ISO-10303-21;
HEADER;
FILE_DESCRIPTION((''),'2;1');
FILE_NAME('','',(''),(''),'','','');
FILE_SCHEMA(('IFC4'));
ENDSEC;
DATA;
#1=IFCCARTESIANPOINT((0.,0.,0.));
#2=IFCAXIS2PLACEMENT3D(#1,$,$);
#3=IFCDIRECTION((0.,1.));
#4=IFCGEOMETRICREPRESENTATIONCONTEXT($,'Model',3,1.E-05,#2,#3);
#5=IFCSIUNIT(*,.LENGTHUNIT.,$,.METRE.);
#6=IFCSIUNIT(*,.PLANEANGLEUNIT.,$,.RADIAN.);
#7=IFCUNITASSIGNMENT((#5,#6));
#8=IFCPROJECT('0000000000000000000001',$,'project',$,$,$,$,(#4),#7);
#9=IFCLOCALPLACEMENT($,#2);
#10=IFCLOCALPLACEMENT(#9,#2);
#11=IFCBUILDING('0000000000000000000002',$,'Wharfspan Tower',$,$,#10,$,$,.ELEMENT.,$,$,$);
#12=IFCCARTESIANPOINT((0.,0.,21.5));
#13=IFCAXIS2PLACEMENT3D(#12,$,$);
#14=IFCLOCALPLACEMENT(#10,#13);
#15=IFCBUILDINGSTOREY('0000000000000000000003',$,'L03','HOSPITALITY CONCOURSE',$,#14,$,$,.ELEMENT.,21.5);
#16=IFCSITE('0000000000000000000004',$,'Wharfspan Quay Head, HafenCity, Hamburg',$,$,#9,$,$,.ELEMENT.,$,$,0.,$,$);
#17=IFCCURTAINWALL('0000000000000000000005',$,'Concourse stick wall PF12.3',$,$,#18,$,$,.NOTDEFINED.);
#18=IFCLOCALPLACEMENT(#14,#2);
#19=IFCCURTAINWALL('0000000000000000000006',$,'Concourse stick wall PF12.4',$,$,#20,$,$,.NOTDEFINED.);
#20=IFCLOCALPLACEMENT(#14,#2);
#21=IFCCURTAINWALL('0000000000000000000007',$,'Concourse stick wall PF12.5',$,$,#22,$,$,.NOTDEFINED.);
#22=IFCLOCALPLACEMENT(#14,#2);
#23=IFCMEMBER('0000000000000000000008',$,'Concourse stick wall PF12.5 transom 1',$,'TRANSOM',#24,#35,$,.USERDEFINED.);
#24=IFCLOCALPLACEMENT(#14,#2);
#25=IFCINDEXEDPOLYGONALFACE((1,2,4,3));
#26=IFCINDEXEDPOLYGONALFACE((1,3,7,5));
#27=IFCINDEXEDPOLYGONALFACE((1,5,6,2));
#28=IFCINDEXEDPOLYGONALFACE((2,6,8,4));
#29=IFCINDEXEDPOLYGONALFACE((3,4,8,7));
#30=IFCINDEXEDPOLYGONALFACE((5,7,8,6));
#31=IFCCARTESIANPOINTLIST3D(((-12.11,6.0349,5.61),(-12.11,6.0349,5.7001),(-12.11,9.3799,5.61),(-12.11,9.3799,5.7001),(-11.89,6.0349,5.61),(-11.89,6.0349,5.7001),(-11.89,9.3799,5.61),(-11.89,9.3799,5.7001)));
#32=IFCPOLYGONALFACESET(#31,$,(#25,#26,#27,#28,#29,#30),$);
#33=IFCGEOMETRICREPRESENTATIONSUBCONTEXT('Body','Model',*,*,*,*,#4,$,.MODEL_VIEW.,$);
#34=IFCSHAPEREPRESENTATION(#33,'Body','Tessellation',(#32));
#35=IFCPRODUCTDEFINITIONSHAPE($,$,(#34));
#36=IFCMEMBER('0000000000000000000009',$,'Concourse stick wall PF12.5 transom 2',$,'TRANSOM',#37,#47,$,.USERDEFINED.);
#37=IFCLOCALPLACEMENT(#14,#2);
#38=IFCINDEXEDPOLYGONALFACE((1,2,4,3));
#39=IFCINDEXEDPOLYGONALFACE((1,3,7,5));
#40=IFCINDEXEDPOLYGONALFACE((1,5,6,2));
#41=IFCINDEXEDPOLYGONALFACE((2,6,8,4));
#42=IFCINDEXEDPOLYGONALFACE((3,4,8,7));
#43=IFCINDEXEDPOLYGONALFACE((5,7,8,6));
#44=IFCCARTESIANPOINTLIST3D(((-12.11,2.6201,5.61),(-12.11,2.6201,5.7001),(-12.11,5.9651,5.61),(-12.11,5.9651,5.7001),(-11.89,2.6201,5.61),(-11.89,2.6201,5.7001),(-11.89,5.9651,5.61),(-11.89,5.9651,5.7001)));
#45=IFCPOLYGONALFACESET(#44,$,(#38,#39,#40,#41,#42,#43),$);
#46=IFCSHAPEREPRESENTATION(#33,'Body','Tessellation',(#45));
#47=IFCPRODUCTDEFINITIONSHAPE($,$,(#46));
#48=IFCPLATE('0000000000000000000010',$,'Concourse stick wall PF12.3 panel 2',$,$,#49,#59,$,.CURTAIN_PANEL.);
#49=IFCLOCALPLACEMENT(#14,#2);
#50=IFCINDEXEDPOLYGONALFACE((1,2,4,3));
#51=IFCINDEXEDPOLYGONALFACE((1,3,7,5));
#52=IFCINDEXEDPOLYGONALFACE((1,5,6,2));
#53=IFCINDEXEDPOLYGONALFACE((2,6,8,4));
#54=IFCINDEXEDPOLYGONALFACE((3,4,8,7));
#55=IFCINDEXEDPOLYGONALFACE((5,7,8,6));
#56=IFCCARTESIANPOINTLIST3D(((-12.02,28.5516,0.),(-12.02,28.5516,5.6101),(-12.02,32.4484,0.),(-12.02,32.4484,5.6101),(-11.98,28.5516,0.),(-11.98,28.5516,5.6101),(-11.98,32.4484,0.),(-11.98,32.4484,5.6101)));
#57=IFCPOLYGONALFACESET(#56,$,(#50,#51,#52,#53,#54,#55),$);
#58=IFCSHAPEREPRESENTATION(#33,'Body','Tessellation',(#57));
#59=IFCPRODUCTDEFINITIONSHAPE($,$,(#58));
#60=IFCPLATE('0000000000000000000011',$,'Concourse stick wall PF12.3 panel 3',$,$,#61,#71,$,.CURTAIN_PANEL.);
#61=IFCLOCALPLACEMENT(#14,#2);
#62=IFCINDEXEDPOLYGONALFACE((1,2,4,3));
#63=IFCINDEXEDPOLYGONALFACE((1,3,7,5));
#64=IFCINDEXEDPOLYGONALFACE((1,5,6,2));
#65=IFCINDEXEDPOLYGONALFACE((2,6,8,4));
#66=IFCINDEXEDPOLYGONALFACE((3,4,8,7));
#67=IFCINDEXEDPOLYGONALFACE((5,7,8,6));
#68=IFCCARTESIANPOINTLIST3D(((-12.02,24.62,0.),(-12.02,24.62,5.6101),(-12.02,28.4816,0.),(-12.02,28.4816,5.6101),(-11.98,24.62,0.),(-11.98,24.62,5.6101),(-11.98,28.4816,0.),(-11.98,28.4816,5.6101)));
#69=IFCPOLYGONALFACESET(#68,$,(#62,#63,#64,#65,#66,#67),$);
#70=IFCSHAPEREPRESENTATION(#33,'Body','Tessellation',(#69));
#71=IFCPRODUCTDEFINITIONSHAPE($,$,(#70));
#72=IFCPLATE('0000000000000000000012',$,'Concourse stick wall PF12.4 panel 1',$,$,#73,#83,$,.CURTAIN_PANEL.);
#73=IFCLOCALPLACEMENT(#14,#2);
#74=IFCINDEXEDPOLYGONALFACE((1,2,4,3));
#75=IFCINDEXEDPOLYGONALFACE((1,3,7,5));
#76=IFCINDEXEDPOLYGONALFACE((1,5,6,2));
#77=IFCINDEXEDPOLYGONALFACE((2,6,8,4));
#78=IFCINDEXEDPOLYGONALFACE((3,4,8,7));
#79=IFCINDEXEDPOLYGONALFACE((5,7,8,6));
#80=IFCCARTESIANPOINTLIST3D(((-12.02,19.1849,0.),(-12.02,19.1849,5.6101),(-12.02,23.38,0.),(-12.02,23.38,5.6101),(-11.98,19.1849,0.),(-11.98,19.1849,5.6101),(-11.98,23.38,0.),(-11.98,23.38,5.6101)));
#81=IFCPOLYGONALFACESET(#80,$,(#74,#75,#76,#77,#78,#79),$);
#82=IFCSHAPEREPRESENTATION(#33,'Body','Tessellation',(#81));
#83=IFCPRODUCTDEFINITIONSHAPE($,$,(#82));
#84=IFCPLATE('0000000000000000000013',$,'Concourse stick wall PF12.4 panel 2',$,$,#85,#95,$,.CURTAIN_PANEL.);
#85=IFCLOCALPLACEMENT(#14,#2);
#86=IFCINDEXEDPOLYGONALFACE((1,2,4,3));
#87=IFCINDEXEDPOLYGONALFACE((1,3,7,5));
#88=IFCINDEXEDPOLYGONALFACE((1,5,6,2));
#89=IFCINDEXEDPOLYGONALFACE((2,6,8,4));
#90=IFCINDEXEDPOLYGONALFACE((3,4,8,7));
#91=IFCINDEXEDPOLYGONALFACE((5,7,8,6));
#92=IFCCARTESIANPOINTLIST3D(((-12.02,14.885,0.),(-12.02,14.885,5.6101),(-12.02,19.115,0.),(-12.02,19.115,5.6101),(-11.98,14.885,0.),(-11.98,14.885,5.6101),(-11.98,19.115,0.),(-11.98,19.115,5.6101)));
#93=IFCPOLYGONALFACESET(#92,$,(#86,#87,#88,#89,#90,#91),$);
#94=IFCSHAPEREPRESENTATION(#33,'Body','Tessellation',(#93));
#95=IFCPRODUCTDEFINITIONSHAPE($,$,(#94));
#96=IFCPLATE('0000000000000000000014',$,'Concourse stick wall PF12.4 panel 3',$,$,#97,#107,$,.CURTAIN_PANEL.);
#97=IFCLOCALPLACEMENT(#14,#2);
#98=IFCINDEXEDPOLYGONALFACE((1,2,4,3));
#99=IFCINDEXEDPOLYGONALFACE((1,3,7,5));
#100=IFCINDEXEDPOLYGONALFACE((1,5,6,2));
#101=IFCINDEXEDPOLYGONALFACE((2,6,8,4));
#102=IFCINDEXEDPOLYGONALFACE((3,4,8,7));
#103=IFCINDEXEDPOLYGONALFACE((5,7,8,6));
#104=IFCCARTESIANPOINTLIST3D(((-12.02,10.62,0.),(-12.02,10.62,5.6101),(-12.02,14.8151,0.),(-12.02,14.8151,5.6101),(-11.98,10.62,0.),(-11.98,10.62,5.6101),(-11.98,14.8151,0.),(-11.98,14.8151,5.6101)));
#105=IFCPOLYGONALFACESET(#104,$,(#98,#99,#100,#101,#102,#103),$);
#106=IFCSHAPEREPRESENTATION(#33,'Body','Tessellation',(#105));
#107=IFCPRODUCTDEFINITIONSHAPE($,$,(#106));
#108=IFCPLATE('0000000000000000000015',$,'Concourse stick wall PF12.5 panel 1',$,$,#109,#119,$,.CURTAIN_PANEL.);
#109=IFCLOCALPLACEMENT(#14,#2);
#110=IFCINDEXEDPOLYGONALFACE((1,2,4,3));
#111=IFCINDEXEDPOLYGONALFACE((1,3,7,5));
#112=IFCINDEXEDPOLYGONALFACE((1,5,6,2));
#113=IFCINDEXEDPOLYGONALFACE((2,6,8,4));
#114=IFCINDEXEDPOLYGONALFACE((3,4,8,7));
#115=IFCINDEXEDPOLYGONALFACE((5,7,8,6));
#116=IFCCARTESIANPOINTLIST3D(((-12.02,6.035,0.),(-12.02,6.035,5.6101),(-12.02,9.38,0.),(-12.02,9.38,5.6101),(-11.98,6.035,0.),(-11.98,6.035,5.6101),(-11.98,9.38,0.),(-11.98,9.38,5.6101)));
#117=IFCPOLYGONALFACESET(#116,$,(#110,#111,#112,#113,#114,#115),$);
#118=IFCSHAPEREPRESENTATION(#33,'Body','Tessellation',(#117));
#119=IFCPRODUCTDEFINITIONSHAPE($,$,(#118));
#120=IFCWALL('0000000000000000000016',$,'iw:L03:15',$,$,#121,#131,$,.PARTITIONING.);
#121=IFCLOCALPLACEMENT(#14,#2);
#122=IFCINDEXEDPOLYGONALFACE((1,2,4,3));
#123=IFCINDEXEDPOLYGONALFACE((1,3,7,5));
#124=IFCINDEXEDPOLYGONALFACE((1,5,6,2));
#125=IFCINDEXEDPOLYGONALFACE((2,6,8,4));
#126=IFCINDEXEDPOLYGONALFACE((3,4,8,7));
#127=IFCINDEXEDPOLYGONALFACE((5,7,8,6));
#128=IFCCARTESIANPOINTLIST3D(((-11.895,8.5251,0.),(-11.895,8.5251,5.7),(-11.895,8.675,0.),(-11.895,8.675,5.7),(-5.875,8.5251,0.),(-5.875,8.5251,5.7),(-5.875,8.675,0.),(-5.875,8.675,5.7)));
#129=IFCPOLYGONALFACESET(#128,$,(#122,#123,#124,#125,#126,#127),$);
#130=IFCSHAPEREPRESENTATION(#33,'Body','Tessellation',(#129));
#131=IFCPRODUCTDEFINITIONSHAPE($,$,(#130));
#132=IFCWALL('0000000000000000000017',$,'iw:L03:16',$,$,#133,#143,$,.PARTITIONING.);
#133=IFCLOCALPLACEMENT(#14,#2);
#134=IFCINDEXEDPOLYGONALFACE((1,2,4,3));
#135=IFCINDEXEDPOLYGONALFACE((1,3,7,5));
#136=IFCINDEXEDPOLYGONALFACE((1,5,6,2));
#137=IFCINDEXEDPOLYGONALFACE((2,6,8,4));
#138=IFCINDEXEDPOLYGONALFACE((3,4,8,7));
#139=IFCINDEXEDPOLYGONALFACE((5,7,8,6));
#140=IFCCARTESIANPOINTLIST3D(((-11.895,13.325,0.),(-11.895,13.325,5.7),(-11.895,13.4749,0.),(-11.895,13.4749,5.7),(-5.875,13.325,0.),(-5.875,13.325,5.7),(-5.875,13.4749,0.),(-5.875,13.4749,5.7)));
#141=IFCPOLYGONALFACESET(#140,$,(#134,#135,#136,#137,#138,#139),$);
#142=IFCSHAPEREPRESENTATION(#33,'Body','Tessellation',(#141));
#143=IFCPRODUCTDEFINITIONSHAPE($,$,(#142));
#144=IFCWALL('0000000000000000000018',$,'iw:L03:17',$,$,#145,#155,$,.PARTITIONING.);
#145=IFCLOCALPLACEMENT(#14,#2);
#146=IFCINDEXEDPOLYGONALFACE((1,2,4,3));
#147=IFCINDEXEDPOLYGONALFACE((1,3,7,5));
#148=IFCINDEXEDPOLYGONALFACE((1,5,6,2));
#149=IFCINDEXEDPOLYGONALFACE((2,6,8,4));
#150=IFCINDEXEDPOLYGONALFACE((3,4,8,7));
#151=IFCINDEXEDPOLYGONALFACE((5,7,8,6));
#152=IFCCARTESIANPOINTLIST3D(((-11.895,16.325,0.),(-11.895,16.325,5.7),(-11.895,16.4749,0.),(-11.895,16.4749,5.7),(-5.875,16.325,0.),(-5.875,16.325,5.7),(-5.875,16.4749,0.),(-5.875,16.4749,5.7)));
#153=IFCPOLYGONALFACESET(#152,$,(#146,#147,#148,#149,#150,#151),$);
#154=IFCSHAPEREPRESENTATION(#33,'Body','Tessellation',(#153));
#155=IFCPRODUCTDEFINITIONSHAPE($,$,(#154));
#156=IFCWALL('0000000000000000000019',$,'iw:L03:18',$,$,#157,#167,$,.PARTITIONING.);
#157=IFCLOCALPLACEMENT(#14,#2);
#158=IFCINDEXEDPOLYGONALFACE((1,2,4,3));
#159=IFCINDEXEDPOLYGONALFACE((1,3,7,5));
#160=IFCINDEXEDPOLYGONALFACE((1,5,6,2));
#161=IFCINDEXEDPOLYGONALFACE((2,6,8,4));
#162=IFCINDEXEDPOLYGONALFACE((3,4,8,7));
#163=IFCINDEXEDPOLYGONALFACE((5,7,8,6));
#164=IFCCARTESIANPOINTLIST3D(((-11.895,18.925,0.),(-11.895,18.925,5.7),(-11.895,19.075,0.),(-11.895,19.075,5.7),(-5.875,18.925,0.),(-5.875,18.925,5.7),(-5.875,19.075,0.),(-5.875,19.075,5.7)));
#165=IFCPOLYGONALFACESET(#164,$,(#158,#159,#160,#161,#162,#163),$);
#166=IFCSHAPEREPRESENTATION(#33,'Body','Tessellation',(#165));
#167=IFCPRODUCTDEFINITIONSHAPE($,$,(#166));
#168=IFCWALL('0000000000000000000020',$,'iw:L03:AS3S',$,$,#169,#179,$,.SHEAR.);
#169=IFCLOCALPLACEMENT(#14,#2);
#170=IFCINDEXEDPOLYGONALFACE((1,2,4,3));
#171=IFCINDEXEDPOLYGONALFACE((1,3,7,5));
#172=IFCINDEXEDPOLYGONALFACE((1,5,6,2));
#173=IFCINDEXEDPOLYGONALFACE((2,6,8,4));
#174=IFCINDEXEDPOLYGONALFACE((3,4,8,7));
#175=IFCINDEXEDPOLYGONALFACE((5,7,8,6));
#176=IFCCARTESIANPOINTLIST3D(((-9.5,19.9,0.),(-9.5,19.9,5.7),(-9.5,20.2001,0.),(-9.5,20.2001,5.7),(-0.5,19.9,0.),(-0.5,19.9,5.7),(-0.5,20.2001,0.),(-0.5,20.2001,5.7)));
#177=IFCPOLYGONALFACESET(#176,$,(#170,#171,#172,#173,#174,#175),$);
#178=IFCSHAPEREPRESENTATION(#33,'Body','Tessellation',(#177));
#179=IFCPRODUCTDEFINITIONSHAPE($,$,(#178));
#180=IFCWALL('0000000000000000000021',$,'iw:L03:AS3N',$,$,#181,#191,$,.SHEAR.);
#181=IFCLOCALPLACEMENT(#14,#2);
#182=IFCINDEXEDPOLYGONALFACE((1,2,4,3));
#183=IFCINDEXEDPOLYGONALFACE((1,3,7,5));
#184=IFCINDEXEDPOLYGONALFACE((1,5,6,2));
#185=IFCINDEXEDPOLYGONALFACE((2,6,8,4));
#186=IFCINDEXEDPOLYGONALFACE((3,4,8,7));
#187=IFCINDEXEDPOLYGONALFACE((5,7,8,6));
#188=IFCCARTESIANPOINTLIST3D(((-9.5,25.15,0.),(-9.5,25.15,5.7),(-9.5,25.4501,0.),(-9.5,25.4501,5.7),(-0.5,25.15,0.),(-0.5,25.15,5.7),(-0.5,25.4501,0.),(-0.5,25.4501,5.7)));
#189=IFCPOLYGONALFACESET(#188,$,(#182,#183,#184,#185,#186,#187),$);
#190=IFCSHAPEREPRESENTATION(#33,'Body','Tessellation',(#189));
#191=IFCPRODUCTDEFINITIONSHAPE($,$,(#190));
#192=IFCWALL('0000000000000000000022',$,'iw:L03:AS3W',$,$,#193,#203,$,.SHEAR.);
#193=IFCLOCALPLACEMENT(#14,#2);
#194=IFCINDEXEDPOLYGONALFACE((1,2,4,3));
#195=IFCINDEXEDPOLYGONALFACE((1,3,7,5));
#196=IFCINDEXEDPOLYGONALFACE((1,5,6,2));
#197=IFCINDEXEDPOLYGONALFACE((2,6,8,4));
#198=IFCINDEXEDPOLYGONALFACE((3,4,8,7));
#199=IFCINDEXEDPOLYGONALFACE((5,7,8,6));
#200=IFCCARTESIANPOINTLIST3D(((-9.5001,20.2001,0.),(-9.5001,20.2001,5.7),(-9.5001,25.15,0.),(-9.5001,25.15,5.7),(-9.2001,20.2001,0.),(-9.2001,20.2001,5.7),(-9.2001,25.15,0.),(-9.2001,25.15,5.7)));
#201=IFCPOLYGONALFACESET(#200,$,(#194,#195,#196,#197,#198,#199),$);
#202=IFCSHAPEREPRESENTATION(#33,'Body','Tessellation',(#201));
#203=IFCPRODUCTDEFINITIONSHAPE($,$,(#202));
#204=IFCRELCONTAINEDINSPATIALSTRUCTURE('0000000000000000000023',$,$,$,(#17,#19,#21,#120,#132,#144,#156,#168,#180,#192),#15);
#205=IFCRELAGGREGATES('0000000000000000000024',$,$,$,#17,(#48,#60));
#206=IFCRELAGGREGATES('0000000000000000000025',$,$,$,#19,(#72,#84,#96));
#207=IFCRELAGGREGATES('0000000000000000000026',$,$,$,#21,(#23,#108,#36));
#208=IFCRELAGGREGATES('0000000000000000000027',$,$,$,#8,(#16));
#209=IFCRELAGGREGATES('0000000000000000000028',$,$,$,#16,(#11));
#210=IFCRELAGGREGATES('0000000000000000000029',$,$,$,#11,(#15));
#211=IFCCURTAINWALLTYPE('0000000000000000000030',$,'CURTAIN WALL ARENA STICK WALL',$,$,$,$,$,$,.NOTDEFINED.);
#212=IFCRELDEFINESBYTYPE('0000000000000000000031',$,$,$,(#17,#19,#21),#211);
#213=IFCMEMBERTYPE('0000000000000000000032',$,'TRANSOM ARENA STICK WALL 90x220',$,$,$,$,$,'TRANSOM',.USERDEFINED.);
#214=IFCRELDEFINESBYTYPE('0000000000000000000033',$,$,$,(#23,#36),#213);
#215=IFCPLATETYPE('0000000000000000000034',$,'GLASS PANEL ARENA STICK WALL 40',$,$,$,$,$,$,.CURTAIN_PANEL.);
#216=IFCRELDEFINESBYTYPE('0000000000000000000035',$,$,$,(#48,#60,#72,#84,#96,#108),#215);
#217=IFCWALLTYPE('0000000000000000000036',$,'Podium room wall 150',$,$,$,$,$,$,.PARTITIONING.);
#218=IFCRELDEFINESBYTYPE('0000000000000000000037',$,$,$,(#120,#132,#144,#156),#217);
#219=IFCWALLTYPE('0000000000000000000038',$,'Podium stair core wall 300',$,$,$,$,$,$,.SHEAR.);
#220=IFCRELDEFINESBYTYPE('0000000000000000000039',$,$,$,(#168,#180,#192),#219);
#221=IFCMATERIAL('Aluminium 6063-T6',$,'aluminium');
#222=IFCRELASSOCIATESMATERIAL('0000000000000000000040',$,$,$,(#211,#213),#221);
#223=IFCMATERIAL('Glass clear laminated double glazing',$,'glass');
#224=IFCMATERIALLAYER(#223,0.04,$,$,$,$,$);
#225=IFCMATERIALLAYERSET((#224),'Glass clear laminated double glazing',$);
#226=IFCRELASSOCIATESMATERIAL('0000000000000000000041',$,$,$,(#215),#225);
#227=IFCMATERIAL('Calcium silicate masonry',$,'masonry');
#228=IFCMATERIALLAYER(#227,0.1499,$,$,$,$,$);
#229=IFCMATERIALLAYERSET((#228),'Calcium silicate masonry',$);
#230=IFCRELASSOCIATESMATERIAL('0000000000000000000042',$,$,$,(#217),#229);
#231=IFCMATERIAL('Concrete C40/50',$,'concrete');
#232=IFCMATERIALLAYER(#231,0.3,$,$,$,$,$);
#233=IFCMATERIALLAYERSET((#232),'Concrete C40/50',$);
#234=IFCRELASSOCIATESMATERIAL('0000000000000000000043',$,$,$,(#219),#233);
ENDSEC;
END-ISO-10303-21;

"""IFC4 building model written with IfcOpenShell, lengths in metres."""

from ifc_helpers import new_model, si_unit, direction, frame, frame_2d, origin, origin_2d, place, context, subcontext, project, spatial, rectangle, extrude, material, layer, layer_set, material_profile, profile_set, type_object, element, aggregate, save


model = new_model("IFC4")

# Units and contexts
model_context = context("Model", 3, precision=1e-05, world=origin(), true_north=direction((0.0, 1.0)))
body_context = subcontext(model_context, "Body", "Model", "MODEL_VIEW")
ifc_project = project(units=[si_unit("LENGTHUNIT", "METRE"), si_unit("PLANEANGLEUNIT", "RADIAN")], contexts=[model_context])

# Site, building, storey
site_placement = place(None, origin())
site = spatial("IfcSite", under=ifc_project, at=site_placement, Name="Wharfspan Quay Head, HafenCity, Hamburg", CompositionType="ELEMENT", RefElevation=0.0)
building_placement = place(site_placement, origin())
building = spatial("IfcBuilding", under=site, at=building_placement, Name="Wharfspan Tower", CompositionType="ELEMENT")
storey_placement = place(building_placement, frame((0.0, 0.0, 21.5)))
storey = spatial("IfcBuildingStorey", under=building, at=storey_placement, Name="L03", Description="HOSPITALITY CONCOURSE", CompositionType="ELEMENT", Elevation=21.5)

# Curtain walls
ifc_material_1 = material(Name="Aluminium 6063-T6", Category="aluminium")
curtain_wall_type = type_object("IfcCurtainWallType", Name="CURTAIN WALL ARENA STICK WALL", PredefinedType="NOTDEFINED", material=ifc_material_1)
curtain_wall_1_placement = place(storey_placement, origin())
curtain_wall_1 = element("IfcCurtainWall", 1, at=curtain_wall_1_placement, inside=storey, type_object=curtain_wall_type, Name="Concourse stick wall PF12.3", PredefinedType="NOTDEFINED")
curtain_wall_2_placement = place(storey_placement, origin())
curtain_wall_2 = element("IfcCurtainWall", 2, at=curtain_wall_2_placement, inside=storey, type_object=curtain_wall_type, Name="Concourse stick wall PF12.4", PredefinedType="NOTDEFINED")
curtain_wall_3_placement = place(storey_placement, origin())
curtain_wall_3 = element("IfcCurtainWall", 3, at=curtain_wall_3_placement, inside=storey, type_object=curtain_wall_type, Name="Concourse stick wall PF12.5", PredefinedType="NOTDEFINED")

# Members
ifc_material_profile_1 = material_profile(ifc_material_1, rectangle(XDim=0.22, YDim=0.0901, at=origin_2d()))
ifc_profile_set_1 = profile_set([ifc_material_profile_1], Name="Aluminium 6063-T6")
member_type_1 = type_object("IfcMemberType", Name="TRANSOM ARENA STICK WALL 90x220", ElementType="TRANSOM", PredefinedType="USERDEFINED", material=ifc_profile_set_1)
member_1_placement = place(storey_placement, frame((-12.0, 9.3799, 5.655), z_axis=(0.0, -1.0, 0.0), x_axis=(1.0, 0.0, 0.0)))
member_1 = element("IfcMember", 4, at=member_1_placement, type_object=member_type_1, Name="Concourse stick wall PF12.5 transom 1", ObjectType="TRANSOM", PredefinedType="USERDEFINED", context=body_context, shape_type="SweptSolid", body=[
    extrude(rectangle(XDim=0.22, YDim=0.0901, at=origin_2d()), origin(), (0.0, 0.0, 1.0), 3.345),
])
member_2_placement = place(storey_placement, frame((-12.0, 5.9651, 5.655), z_axis=(0.0, -1.0, 0.0), x_axis=(1.0, 0.0, 0.0)))
member_2 = element("IfcMember", 5, at=member_2_placement, type_object=member_type_1, Name="Concourse stick wall PF12.5 transom 2", ObjectType="TRANSOM", PredefinedType="USERDEFINED", context=body_context, shape_type="SweptSolid", body=[
    extrude(rectangle(XDim=0.22, YDim=0.0901, at=origin_2d()), origin(), (0.0, 0.0, 1.0), 3.345),
])

# Plates
ifc_material_2 = material(Name="Glass clear laminated double glazing", Category="glass")
ifc_layer_1 = layer(ifc_material_2, 0.04)
ifc_layer_set_1 = layer_set([ifc_layer_1], Name="Glass clear laminated double glazing")
plate_type = type_object("IfcPlateType", Name="GLASS PANEL ARENA STICK WALL 40", PredefinedType="CURTAIN_PANEL", material=ifc_layer_set_1)
plate_1_placement = place(storey_placement, frame((-12.0, 30.5, 0.0), z_axis=(0.0, 0.0, 1.0), x_axis=(0.0, -1.0, 0.0)))
plate_1 = element("IfcPlate", 6, at=plate_1_placement, type_object=plate_type, Name="Concourse stick wall PF12.3 panel 2", PredefinedType="CURTAIN_PANEL", context=body_context, shape_type="SweptSolid", body=[
    extrude(rectangle(XDim=3.8967, YDim=0.04, at=origin_2d()), origin(), (0.0, 0.0, 1.0), 5.6101),
])
plate_2_placement = place(storey_placement, frame((-12.0, 26.5508, 0.0), z_axis=(0.0, 0.0, 1.0), x_axis=(0.0, -1.0, 0.0)))
plate_2 = element("IfcPlate", 7, at=plate_2_placement, type_object=plate_type, Name="Concourse stick wall PF12.3 panel 3", PredefinedType="CURTAIN_PANEL", context=body_context, shape_type="SweptSolid", body=[
    extrude(rectangle(XDim=3.8616, YDim=0.04, at=origin_2d()), origin(), (0.0, 0.0, 1.0), 5.6101),
])
aggregate(curtain_wall_1, [plate_1, plate_2])
plate_3_placement = place(storey_placement, frame((-12.0, 21.2825, 0.0), z_axis=(0.0, 0.0, 1.0), x_axis=(0.0, -1.0, 0.0)))
plate_3 = element("IfcPlate", 8, at=plate_3_placement, type_object=plate_type, Name="Concourse stick wall PF12.4 panel 1", PredefinedType="CURTAIN_PANEL", context=body_context, shape_type="SweptSolid", body=[
    extrude(rectangle(XDim=4.1951, YDim=0.04, at=origin_2d()), origin(), (0.0, 0.0, 1.0), 5.6101),
])
plate_4_placement = place(storey_placement, frame((-12.0, 17.0, 0.0), z_axis=(0.0, 0.0, 1.0), x_axis=(0.0, -1.0, 0.0)))
plate_4 = element("IfcPlate", 9, at=plate_4_placement, type_object=plate_type, Name="Concourse stick wall PF12.4 panel 2", PredefinedType="CURTAIN_PANEL", context=body_context, shape_type="SweptSolid", body=[
    extrude(rectangle(XDim=4.23, YDim=0.04, at=origin_2d()), origin(), (0.0, 0.0, 1.0), 5.6101),
])
plate_5_placement = place(storey_placement, frame((-12.0, 12.7175, 0.0), z_axis=(0.0, 0.0, 1.0), x_axis=(0.0, -1.0, 0.0)))
plate_5 = element("IfcPlate", 10, at=plate_5_placement, type_object=plate_type, Name="Concourse stick wall PF12.4 panel 3", PredefinedType="CURTAIN_PANEL", context=body_context, shape_type="SweptSolid", body=[
    extrude(rectangle(XDim=4.1951, YDim=0.04, at=origin_2d()), origin(), (0.0, 0.0, 1.0), 5.6101),
])
aggregate(curtain_wall_2, [plate_3, plate_4, plate_5])
plate_6_placement = place(storey_placement, frame((-12.0, 7.7075, 0.0), z_axis=(0.0, 0.0, 1.0), x_axis=(0.0, -1.0, 0.0)))
plate_6 = element("IfcPlate", 11, at=plate_6_placement, type_object=plate_type, Name="Concourse stick wall PF12.5 panel 1", PredefinedType="CURTAIN_PANEL", context=body_context, shape_type="SweptSolid", body=[
    extrude(rectangle(XDim=3.345, YDim=0.04, at=origin_2d()), origin(), (0.0, 0.0, 1.0), 5.6101),
])
aggregate(curtain_wall_3, [member_1, plate_6, member_2])

# Walls
ifc_material_3 = material(Name="Calcium silicate masonry", Category="masonry")
ifc_layer_2 = layer(ifc_material_3, 0.1499)
ifc_layer_set_2 = layer_set([ifc_layer_2], Name="Calcium silicate masonry")
wall_type_1 = type_object("IfcWallType", Name="Podium room wall 150", PredefinedType="PARTITIONING", material=ifc_layer_set_2)
for number, where, z_axis, x_axis, name in (
    (12, (-11.895, 8.6001, 0.0), (0.0, 0.0, 1.0), (1.0, 0.0, 0.0), "iw:L03:15"),
    (13, (-11.895, 13.3999, 0.0), (0.0, 0.0, 1.0), (1.0, 0.0, 0.0), "iw:L03:16"),
    (14, (-11.895, 16.3999, 0.0), (0.0, 0.0, 1.0), (1.0, 0.0, 0.0), "iw:L03:17"),
    (15, (-11.895, 19.0, 0.0), (0.0, 0.0, 1.0), (1.0, 0.0, 0.0), "iw:L03:18"),
):
    element("IfcWall", number, at=place(storey_placement, frame(where, z_axis=z_axis, x_axis=x_axis)), inside=storey, type_object=wall_type_1, Name=name, PredefinedType="PARTITIONING", context=body_context, shape_type="SweptSolid", body=[
        extrude(rectangle(XDim=6.02, YDim=0.1499, at=frame_2d((3.01, 0.0))), origin(), (0.0, 0.0, 1.0), 5.7),
    ])
ifc_material_4 = material(Name="Concrete C40/50", Category="concrete")
ifc_layer_3 = layer(ifc_material_4, 0.3)
ifc_layer_set_3 = layer_set([ifc_layer_3], Name="Concrete C40/50")
wall_type_2 = type_object("IfcWallType", Name="Podium stair core wall 300", PredefinedType="SHEAR", material=ifc_layer_set_3)
for number, where, z_axis, x_axis, name in (
    (16, (-9.5, 20.05, 0.0), (0.0, 0.0, 1.0), (1.0, 0.0, 0.0), "iw:L03:AS3S"),
    (17, (-9.5, 25.3, 0.0), (0.0, 0.0, 1.0), (1.0, 0.0, 0.0), "iw:L03:AS3N"),
):
    element("IfcWall", number, at=place(storey_placement, frame(where, z_axis=z_axis, x_axis=x_axis)), inside=storey, type_object=wall_type_2, Name=name, PredefinedType="SHEAR", context=body_context, shape_type="SweptSolid", body=[
        extrude(rectangle(XDim=9.0, YDim=0.3, at=frame_2d((4.5, 0.0))), origin(), (0.0, 0.0, 1.0), 5.7),
    ])
wall_1_placement = place(storey_placement, frame((-9.3501, 20.2, 0.0), z_axis=(0.0, 0.0, 1.0), x_axis=(0.0, 1.0, 0.0)))
element("IfcWall", 18, at=wall_1_placement, inside=storey, type_object=wall_type_2, Name="iw:L03:AS3W", PredefinedType="SHEAR", context=body_context, shape_type="SweptSolid", body=[
    extrude(rectangle(XDim=4.95, YDim=0.3, at=frame_2d((2.4751, 0.0))), origin(), (0.0, 0.0, 1.0), 5.7),
])

save(model, "model.ifc")
